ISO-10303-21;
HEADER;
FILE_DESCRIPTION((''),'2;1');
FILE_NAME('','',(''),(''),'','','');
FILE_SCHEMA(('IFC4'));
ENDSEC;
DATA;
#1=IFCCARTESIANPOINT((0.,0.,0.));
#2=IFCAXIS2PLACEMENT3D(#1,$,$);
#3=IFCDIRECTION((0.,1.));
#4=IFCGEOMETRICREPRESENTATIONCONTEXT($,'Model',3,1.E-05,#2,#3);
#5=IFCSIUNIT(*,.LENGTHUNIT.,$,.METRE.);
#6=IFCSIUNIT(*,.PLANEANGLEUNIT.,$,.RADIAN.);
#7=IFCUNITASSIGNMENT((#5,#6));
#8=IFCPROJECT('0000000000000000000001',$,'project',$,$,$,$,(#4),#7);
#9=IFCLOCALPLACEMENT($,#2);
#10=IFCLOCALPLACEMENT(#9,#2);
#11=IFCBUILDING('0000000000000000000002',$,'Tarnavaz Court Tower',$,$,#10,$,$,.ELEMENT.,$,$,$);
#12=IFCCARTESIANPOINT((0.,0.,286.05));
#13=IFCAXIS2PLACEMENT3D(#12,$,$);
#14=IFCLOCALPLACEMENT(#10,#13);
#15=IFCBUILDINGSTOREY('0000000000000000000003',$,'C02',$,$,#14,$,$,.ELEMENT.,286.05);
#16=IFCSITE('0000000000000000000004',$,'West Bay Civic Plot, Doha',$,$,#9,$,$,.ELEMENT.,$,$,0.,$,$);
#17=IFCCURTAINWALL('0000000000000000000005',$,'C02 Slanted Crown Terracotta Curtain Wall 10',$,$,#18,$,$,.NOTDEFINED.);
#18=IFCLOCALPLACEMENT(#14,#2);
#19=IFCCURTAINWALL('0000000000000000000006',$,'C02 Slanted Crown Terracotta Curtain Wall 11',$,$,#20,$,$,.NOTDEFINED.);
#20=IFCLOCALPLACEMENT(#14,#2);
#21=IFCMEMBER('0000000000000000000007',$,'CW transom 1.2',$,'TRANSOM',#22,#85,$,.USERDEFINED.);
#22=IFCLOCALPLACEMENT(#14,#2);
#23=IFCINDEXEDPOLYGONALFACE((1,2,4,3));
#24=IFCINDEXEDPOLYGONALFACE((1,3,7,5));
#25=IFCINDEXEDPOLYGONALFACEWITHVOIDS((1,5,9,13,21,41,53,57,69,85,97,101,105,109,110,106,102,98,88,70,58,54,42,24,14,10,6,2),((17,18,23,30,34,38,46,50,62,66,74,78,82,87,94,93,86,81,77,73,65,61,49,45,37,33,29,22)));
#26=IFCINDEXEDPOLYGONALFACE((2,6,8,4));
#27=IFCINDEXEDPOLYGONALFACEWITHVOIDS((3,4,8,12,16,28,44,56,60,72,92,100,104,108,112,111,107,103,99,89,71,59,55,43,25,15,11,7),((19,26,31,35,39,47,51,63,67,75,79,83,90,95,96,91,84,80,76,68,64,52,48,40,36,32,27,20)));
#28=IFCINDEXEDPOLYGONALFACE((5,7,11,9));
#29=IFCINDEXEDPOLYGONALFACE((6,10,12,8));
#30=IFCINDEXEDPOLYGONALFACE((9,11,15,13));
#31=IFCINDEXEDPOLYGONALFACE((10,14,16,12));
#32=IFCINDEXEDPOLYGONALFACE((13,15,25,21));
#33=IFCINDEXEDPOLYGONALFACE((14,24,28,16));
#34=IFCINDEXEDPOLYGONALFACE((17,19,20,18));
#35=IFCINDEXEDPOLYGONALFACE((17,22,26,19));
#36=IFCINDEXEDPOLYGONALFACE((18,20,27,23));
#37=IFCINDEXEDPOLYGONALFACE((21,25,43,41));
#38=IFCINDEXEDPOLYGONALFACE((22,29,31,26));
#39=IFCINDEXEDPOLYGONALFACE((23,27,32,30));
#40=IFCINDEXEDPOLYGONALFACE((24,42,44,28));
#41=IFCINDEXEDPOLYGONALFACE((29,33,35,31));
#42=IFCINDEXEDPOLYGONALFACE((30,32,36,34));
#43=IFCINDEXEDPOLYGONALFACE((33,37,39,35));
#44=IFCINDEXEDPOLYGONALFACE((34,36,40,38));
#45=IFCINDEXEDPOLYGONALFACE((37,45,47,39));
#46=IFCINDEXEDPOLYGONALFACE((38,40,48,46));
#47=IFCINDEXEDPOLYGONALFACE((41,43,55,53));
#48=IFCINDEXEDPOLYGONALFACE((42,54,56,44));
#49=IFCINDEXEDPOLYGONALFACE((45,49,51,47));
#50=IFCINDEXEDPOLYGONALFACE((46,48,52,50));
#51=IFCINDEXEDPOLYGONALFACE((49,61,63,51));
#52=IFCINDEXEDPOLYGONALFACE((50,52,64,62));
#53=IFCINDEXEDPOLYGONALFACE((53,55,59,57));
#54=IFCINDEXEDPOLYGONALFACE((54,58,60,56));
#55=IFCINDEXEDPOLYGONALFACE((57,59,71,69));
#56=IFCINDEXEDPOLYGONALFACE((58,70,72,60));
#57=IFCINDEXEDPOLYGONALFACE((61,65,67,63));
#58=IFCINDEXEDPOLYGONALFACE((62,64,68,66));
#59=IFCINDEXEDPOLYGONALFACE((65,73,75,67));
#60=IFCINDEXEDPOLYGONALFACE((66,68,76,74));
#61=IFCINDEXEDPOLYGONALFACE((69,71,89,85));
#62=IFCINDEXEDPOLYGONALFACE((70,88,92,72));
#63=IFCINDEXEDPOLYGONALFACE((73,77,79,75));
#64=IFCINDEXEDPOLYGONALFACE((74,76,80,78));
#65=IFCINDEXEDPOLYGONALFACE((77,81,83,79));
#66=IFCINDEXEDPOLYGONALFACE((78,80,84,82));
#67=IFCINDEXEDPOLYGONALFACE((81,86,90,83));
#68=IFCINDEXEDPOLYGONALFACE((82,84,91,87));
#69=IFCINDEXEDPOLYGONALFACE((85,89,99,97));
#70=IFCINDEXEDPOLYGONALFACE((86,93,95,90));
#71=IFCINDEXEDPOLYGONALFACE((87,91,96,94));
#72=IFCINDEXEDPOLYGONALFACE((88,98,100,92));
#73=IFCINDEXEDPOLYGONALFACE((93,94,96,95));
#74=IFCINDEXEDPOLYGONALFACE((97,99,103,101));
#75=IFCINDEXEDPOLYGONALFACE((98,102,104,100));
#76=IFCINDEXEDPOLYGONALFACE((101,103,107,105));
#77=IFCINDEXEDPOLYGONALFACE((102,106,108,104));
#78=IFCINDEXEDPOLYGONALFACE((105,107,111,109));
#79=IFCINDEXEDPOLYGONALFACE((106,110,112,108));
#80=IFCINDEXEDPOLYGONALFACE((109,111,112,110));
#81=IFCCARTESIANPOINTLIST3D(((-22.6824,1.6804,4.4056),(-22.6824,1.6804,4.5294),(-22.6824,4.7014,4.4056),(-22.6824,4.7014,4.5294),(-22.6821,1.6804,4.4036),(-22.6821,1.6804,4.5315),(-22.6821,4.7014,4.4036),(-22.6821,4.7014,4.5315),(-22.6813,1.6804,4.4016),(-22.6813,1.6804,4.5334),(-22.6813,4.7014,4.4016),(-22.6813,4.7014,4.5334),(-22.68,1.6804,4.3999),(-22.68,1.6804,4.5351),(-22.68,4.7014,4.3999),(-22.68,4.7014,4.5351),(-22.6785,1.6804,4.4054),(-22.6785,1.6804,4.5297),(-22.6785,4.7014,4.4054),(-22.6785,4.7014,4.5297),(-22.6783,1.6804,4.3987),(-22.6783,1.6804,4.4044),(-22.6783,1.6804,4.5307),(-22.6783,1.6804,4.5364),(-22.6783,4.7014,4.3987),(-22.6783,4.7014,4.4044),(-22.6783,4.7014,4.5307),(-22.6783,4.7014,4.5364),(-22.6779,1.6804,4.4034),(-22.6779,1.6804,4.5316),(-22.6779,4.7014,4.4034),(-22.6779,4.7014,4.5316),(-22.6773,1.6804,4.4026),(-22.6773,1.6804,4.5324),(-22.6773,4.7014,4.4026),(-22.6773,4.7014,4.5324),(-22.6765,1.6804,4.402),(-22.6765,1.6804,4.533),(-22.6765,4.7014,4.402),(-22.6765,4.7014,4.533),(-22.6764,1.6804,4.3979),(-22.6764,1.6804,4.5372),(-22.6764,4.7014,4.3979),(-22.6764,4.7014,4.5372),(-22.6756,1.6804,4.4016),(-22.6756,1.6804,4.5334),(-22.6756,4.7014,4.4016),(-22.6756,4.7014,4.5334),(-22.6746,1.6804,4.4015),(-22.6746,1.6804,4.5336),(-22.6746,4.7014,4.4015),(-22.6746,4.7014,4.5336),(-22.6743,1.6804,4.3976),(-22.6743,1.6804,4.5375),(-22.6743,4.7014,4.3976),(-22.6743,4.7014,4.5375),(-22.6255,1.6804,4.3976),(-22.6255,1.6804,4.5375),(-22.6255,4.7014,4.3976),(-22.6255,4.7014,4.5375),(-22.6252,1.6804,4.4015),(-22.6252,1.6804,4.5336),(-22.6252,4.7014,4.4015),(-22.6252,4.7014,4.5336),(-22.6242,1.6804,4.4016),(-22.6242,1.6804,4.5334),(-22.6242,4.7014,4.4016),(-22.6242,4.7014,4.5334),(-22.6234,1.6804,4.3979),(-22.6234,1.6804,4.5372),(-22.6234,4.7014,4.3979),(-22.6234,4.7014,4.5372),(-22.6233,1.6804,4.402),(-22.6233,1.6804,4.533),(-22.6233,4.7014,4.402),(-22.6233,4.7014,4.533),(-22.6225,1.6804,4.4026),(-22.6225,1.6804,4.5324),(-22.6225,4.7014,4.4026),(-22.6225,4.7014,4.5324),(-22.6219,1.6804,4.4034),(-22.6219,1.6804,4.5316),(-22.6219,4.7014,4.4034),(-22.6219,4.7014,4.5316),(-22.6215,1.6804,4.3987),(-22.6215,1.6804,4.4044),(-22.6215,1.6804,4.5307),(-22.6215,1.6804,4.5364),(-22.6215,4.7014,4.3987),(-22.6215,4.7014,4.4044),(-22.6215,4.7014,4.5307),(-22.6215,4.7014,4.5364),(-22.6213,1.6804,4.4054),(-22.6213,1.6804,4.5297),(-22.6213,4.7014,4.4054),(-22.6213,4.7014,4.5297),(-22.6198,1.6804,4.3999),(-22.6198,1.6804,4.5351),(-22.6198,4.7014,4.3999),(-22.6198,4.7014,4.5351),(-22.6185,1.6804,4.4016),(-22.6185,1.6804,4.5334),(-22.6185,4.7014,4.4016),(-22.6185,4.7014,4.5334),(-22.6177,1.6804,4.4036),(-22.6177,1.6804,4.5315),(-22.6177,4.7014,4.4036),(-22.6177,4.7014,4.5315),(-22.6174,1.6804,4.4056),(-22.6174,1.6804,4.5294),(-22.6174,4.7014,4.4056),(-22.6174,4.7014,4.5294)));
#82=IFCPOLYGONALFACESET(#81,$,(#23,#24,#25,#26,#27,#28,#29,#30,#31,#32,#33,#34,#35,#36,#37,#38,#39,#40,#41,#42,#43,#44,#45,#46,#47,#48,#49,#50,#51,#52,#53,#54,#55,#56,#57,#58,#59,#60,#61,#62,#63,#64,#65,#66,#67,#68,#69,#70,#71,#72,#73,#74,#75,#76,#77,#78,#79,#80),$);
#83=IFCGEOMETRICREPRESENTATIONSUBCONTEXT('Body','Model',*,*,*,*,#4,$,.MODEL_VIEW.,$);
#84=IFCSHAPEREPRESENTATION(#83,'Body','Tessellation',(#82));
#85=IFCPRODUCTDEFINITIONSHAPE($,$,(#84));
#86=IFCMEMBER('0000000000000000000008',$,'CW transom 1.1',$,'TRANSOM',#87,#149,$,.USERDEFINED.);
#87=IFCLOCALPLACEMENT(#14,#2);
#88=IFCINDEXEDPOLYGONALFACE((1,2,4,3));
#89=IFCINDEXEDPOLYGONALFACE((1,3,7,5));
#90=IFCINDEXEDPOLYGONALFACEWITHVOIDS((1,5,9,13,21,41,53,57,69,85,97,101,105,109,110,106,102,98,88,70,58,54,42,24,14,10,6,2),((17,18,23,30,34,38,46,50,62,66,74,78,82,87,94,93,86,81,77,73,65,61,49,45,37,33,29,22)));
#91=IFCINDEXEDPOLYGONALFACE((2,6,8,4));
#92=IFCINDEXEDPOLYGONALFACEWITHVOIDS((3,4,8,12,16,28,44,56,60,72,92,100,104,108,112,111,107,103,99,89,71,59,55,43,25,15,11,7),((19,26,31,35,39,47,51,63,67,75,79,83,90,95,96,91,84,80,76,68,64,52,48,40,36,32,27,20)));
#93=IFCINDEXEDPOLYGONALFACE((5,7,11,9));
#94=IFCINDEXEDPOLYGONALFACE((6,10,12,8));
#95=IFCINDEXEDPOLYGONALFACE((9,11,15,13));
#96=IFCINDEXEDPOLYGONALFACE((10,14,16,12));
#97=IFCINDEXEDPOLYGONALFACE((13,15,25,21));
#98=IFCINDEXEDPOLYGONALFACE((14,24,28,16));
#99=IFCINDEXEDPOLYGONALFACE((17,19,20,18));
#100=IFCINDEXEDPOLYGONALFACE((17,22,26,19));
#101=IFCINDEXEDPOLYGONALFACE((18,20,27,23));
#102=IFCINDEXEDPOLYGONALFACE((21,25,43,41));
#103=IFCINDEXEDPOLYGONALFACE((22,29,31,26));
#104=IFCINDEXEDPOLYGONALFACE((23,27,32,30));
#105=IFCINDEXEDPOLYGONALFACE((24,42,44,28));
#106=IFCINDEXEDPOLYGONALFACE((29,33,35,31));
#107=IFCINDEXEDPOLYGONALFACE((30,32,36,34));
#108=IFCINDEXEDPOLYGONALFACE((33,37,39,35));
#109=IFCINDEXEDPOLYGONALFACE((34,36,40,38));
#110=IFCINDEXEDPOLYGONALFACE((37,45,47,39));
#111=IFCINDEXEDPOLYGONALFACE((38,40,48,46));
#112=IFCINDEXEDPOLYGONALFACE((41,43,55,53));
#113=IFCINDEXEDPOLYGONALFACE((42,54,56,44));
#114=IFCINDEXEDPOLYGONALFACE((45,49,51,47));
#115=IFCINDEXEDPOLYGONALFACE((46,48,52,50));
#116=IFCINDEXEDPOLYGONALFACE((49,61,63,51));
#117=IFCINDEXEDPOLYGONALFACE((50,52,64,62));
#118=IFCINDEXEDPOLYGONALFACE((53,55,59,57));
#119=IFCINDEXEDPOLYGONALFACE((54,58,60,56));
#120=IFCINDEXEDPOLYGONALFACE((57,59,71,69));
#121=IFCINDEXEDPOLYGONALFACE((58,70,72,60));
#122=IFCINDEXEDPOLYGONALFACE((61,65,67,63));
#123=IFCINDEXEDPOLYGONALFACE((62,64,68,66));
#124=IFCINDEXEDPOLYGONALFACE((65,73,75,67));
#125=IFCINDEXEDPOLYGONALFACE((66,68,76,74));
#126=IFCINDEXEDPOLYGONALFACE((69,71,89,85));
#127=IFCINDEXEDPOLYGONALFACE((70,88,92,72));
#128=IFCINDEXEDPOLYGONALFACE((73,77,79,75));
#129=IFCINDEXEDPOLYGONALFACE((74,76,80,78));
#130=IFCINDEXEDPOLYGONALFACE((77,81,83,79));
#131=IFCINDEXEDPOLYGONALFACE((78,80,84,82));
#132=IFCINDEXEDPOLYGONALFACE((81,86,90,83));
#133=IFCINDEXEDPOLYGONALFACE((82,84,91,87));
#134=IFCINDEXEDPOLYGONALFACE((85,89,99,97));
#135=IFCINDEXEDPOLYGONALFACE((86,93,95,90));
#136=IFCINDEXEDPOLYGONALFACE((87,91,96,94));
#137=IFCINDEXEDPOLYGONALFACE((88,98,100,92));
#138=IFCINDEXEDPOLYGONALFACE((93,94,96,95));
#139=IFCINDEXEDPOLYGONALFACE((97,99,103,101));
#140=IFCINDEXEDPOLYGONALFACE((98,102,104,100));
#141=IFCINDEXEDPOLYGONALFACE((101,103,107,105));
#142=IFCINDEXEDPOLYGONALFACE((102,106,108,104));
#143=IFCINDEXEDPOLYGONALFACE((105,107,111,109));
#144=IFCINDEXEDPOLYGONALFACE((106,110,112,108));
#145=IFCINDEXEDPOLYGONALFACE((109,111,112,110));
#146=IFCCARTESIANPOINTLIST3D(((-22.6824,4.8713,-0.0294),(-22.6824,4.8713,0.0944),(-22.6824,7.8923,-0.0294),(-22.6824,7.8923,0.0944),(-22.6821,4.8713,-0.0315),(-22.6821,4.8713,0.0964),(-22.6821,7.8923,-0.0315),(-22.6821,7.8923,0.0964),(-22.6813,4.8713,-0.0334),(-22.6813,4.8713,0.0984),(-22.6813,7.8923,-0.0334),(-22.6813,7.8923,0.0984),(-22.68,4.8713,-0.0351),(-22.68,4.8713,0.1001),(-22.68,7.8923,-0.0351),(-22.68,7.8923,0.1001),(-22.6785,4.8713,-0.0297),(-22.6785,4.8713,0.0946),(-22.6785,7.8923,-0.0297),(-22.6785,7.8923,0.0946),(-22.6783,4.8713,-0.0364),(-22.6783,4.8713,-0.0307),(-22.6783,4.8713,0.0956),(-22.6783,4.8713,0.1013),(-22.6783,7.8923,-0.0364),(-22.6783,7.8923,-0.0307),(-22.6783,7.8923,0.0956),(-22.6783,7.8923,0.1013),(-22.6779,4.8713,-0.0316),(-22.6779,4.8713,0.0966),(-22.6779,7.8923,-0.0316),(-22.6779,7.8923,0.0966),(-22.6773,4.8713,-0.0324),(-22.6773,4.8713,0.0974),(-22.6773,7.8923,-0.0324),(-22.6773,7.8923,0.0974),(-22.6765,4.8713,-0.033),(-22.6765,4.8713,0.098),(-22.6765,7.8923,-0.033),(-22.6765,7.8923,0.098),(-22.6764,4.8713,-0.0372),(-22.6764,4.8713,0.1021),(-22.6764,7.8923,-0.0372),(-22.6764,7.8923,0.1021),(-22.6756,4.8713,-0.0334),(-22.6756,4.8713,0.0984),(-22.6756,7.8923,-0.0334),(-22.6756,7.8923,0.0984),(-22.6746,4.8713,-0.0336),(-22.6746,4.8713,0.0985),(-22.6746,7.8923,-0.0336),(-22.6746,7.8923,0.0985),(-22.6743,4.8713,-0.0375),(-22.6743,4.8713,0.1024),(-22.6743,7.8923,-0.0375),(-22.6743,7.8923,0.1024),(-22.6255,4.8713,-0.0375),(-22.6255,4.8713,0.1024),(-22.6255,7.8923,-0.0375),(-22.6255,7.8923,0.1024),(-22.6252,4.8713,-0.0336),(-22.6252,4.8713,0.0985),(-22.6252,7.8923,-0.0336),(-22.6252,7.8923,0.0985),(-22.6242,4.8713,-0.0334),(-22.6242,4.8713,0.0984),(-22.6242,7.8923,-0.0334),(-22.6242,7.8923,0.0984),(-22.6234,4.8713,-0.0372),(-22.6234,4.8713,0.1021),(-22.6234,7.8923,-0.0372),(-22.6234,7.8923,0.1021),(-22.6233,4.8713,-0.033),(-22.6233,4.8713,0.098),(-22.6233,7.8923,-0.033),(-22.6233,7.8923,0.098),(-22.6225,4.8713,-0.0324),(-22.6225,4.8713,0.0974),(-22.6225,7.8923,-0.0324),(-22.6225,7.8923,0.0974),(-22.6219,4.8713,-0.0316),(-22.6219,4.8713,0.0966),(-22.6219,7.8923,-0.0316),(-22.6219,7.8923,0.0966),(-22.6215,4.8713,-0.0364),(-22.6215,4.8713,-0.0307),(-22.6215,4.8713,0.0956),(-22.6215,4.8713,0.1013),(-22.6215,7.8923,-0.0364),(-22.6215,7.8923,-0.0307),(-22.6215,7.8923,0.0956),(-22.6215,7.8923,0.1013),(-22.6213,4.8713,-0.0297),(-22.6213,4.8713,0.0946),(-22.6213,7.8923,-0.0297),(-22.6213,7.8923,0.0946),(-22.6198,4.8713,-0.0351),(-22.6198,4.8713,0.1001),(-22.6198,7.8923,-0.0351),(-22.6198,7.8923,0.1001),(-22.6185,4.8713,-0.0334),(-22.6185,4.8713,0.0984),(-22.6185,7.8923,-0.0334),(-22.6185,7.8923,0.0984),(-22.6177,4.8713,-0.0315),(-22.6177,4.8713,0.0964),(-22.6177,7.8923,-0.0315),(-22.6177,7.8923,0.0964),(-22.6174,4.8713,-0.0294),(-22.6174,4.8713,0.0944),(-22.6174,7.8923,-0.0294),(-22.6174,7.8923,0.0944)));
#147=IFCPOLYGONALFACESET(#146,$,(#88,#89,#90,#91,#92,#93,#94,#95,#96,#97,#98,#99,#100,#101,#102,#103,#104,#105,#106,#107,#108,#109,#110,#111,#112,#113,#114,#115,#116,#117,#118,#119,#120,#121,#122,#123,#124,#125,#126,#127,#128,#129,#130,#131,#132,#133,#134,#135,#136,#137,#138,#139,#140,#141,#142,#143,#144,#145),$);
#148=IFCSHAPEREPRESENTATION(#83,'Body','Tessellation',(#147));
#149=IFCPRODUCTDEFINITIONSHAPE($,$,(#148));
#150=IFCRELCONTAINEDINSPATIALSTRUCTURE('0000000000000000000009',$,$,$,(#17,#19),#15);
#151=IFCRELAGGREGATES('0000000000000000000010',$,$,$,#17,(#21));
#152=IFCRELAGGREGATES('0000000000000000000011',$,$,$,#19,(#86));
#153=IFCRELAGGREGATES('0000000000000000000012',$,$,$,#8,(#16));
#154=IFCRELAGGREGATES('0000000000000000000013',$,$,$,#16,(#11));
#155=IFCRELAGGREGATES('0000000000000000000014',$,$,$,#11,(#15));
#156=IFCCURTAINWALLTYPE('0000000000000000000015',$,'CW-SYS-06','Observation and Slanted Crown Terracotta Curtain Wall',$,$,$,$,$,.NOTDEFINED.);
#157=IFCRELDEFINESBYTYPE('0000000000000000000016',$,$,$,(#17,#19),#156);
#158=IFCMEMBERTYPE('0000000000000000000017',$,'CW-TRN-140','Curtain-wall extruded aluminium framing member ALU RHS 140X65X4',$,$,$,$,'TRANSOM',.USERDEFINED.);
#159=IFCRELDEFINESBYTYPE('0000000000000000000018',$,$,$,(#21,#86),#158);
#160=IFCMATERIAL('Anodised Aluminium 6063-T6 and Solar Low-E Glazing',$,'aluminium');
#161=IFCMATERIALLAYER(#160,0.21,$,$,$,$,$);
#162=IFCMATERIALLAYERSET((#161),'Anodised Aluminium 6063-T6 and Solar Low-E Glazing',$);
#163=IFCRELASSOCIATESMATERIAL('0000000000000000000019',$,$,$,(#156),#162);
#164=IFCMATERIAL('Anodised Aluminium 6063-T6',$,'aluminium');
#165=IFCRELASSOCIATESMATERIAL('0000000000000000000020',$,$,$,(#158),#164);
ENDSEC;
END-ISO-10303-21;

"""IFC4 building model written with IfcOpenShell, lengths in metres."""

from ifc_helpers import new_model, si_unit, direction, frame, origin, origin_2d, place, context, subcontext, project, spatial, hollow_rectangle, extrude, material, layer, layer_set, material_profile, profile_set, type_object, element, aggregate, save


model = new_model("IFC4")

# Units and contexts
model_context = context("Model", 3, precision=1e-05, world=origin(), true_north=direction((0.0, 1.0)))
body_context = subcontext(model_context, "Body", "Model", "MODEL_VIEW")
ifc_project = project(units=[si_unit("LENGTHUNIT", "METRE"), si_unit("PLANEANGLEUNIT", "RADIAN")], contexts=[model_context])

# Site, building, storey
site_placement = place(None, origin())
site = spatial("IfcSite", under=ifc_project, at=site_placement, Name="West Bay Civic Plot, Doha", CompositionType="ELEMENT", RefElevation=0.0)
building_placement = place(site_placement, origin())
building = spatial("IfcBuilding", under=site, at=building_placement, Name="Tarnavaz Court Tower", CompositionType="ELEMENT")
storey_placement = place(building_placement, frame((0.0, 0.0, 286.05)))
storey = spatial("IfcBuildingStorey", under=building, at=storey_placement, Name="C02", CompositionType="ELEMENT", Elevation=286.05)

# Shared definitions
ifc_material_1 = material(Name="Anodised Aluminium 6063-T6 and Solar Low-E Glazing", Category="aluminium")
ifc_layer_1 = layer(ifc_material_1, 0.21)
ifc_layer_set_1 = layer_set([ifc_layer_1], Name="Anodised Aluminium 6063-T6 and Solar Low-E Glazing")
curtain_wall_type = type_object("IfcCurtainWallType", Name="CW-SYS-06", Description="Observation and Slanted Crown Terracotta Curtain Wall", PredefinedType="NOTDEFINED", material=ifc_layer_set_1)
ifc_material_2 = material(Name="Anodised Aluminium 6063-T6", Category="aluminium")

# Curtain walls
curtain_wall_1_placement = place(storey_placement, origin())
curtain_wall_1 = element("IfcCurtainWall", 1, at=curtain_wall_1_placement, inside=storey, type_object=curtain_wall_type, Name="C02 Slanted Crown Terracotta Curtain Wall 10", PredefinedType="NOTDEFINED")
curtain_wall_2_placement = place(storey_placement, origin())
curtain_wall_2 = element("IfcCurtainWall", 2, at=curtain_wall_2_placement, inside=storey, type_object=curtain_wall_type, Name="C02 Slanted Crown Terracotta Curtain Wall 11", PredefinedType="NOTDEFINED")

# Members
ifc_material_profile_1 = material_profile(ifc_material_2, hollow_rectangle(XDim=0.0649, YDim=0.1399, WallThickness=0.0039, InnerFilletRadius=0.0039, OuterFilletRadius=0.0081, at=origin_2d()), Name="ALU RHS 140X65X4")
ifc_profile_set_1 = profile_set([ifc_material_profile_1], Name="Anodised Aluminium 6063-T6")
member_type_1 = type_object("IfcMemberType", Name="CW-TRN-140", Description="Curtain-wall extruded aluminium framing member ALU RHS 140X65X4", ElementType="TRANSOM", PredefinedType="USERDEFINED", material=ifc_profile_set_1)
member_1_placement = place(storey_placement, frame((-22.6499, 1.6804, 4.4675), z_axis=(0.0, 1.0, 0.0), x_axis=(-1.0, 0.0, 0.0)))
member_1 = element("IfcMember", 3, at=member_1_placement, type_object=member_type_1, Name="CW transom 1.2", ObjectType="TRANSOM", PredefinedType="USERDEFINED", context=body_context, shape_type="SweptSolid", body=[
    extrude(hollow_rectangle(XDim=0.0649, YDim=0.1399, WallThickness=0.0039, InnerFilletRadius=0.0039, OuterFilletRadius=0.0081, at=origin_2d()), origin(), (0.0, 0.0, 1.0), 3.021),
])
member_2_placement = place(storey_placement, frame((-22.6499, 4.8713, 0.0325), z_axis=(0.0, 1.0, 0.0), x_axis=(-1.0, 0.0, 0.0)))
member_2 = element("IfcMember", 4, at=member_2_placement, type_object=member_type_1, Name="CW transom 1.1", ObjectType="TRANSOM", PredefinedType="USERDEFINED", context=body_context, shape_type="SweptSolid", body=[
    extrude(hollow_rectangle(XDim=0.0649, YDim=0.1399, WallThickness=0.0039, InnerFilletRadius=0.0039, OuterFilletRadius=0.0081, at=origin_2d()), origin(), (0.0, 0.0, 1.0), 3.021),
])

aggregate(curtain_wall_1, [member_1])
aggregate(curtain_wall_2, [member_2])

save(model, "model.ifc")
